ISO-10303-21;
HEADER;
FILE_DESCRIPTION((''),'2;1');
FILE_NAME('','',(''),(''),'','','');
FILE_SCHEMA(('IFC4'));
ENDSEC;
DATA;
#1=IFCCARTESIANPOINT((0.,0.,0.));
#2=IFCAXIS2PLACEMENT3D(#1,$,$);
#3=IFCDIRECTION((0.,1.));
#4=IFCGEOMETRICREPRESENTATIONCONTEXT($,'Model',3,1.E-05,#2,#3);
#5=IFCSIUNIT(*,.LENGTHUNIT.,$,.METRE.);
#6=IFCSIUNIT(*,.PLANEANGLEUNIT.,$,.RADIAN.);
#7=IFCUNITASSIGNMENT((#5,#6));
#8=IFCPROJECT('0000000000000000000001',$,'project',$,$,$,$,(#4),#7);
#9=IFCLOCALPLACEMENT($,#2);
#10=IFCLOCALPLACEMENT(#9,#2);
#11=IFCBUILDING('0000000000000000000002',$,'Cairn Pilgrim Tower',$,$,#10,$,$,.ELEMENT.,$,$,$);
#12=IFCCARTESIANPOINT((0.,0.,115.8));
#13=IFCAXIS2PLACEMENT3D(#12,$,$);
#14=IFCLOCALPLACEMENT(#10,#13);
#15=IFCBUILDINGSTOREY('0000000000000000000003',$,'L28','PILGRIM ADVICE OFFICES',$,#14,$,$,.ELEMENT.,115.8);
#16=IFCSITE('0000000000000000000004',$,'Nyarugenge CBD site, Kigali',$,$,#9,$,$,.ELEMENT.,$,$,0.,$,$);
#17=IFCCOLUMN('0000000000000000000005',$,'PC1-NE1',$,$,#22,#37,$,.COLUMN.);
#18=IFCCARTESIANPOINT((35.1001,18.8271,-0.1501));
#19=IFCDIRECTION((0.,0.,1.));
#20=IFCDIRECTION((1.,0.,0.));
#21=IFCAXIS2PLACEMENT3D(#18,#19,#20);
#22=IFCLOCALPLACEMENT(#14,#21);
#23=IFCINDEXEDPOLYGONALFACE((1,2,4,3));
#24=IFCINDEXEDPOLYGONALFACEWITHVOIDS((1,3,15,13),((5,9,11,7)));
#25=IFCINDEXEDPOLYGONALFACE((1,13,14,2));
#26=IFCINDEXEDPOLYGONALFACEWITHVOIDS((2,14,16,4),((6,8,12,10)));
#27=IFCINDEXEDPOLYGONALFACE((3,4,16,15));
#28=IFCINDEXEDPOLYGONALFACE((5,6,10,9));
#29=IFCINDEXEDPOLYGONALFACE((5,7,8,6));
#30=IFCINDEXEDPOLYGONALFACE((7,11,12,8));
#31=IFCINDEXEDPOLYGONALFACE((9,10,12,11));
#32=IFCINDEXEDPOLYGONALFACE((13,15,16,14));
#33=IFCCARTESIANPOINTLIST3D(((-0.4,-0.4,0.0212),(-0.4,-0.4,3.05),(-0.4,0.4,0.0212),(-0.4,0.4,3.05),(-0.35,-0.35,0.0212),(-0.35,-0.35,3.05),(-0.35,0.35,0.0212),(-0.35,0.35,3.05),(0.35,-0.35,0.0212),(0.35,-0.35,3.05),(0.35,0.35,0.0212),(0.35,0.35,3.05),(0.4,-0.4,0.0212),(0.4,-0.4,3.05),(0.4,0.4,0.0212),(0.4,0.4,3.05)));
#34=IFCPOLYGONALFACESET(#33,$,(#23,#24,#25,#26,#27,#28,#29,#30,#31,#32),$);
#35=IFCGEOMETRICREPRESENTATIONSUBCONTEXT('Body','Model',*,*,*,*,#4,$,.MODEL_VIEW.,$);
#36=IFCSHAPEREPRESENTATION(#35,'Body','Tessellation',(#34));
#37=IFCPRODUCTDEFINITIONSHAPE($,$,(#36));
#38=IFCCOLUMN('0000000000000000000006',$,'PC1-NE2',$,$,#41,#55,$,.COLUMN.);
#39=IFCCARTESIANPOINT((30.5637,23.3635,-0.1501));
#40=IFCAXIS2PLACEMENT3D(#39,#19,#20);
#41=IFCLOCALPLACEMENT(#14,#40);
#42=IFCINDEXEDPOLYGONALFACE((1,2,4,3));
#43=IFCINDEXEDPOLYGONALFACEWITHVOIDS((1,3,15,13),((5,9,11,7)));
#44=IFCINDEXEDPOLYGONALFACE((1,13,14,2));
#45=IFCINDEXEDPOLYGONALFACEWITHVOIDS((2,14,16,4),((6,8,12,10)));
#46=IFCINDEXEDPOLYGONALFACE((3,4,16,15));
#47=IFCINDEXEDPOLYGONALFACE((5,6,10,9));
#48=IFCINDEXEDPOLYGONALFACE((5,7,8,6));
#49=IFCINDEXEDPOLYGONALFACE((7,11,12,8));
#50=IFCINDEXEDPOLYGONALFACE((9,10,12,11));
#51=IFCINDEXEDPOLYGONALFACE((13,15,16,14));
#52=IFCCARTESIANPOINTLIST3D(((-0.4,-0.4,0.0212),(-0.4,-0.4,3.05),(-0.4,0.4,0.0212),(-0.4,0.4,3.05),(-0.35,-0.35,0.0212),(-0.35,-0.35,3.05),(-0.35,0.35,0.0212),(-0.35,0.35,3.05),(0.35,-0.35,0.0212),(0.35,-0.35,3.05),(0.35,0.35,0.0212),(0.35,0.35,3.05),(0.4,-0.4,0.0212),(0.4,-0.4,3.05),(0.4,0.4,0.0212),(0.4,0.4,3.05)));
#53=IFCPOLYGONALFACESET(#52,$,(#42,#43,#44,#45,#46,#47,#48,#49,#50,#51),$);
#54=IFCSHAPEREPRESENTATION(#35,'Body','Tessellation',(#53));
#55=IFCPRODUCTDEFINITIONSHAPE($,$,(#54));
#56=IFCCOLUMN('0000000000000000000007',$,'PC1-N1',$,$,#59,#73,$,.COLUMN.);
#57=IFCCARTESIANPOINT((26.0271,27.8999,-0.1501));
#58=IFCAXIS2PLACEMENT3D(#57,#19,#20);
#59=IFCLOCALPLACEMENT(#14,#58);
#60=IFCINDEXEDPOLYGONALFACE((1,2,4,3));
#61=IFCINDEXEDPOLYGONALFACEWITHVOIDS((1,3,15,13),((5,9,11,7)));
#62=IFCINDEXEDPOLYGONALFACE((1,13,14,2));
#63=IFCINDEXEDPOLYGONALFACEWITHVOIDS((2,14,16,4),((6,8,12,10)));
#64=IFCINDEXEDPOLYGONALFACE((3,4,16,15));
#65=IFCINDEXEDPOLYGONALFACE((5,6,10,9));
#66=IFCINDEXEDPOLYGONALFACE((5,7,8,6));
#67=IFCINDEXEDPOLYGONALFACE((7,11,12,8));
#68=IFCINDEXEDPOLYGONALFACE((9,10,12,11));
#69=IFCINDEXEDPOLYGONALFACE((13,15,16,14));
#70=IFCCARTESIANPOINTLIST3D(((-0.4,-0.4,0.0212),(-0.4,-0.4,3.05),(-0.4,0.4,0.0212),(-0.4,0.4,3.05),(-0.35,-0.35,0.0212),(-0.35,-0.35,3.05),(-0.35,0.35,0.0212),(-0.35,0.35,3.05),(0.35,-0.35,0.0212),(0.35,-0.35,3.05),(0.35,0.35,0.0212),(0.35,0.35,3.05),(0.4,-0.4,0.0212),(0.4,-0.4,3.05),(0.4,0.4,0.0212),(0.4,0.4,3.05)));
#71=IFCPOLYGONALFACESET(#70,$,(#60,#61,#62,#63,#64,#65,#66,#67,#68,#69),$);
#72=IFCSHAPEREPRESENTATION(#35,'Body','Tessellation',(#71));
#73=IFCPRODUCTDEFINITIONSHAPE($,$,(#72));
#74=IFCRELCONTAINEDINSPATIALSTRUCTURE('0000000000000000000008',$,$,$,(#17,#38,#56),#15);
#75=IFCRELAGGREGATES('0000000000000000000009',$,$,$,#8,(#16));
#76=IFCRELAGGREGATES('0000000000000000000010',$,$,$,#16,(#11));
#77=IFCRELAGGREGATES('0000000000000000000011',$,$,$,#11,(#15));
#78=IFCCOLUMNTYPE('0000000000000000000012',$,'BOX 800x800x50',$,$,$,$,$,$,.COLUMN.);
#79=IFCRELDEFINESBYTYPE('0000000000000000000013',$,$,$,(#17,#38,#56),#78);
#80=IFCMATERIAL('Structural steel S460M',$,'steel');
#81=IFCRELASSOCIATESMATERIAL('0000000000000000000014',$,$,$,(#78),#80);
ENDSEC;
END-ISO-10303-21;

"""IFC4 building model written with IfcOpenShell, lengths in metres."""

from ifc_helpers import new_model, si_unit, direction, frame, origin, origin_2d, place, context, subcontext, project, spatial, hollow_rectangle, extrude, clip, halfspace, material, material_profile, profile_set, type_object, element, save


model = new_model("IFC4")

# Units and contexts
model_context = context("Model", 3, precision=1e-05, world=origin(), true_north=direction((0.0, 1.0)))
body_context = subcontext(model_context, "Body", "Model", "MODEL_VIEW")
ifc_project = project(units=[si_unit("LENGTHUNIT", "METRE"), si_unit("PLANEANGLEUNIT", "RADIAN")], contexts=[model_context])

# Site, building, storey
site_placement = place(None, origin())
site = spatial("IfcSite", under=ifc_project, at=site_placement, Name="Nyarugenge CBD site, Kigali", CompositionType="ELEMENT", RefElevation=0.0)
building_placement = place(site_placement, origin())
building = spatial("IfcBuilding", under=site, at=building_placement, Name="Cairn Pilgrim Tower", CompositionType="ELEMENT")
storey_placement = place(building_placement, frame((0.0, 0.0, 115.8)))
storey = spatial("IfcBuildingStorey", under=building, at=storey_placement, Name="L28", Description="PILGRIM ADVICE OFFICES", CompositionType="ELEMENT", Elevation=115.8)

# Columns
ifc_material_1 = material(Name="Structural steel S460M", Category="steel")
ifc_material_profile_1 = material_profile(ifc_material_1, hollow_rectangle(XDim=0.8, YDim=0.8, WallThickness=0.05, at=origin_2d()), Name="BOX 800x800x50")
ifc_profile_set_1 = profile_set([ifc_material_profile_1], Name="Structural steel S460M")
column_type = type_object("IfcColumnType", Name="BOX 800x800x50", PredefinedType="COLUMN", material=ifc_profile_set_1)
for number, where, z_axis, x_axis, name in (
    (1, (35.1001, 18.8271, -0.1501), (0.0, 0.0, 1.0), (1.0, 0.0, 0.0), "PC1-NE1"),
    (2, (30.5637, 23.3635, -0.1501), (0.0, 0.0, 1.0), (1.0, 0.0, 0.0), "PC1-NE2"),
    (3, (26.0271, 27.8999, -0.1501), (0.0, 0.0, 1.0), (1.0, 0.0, 0.0), "PC1-N1"),
):
    element("IfcColumn", number, at=place(storey_placement, frame(where, z_axis=z_axis, x_axis=x_axis)), inside=storey, type_object=column_type, Name=name, PredefinedType="COLUMN", context=body_context, shape_type="Clipping", body=[
        clip(clip(extrude(hollow_rectangle(XDim=0.8, YDim=0.8, WallThickness=0.05, at=origin_2d()), origin(), (0.0, 0.0, 1.0), 3.5), halfspace(frame((0.0, 0.0, 0.0212), z_axis=(0.0, 0.0, 1.0), x_axis=(1.0, 0.0, 0.0)), True)), halfspace(frame((0.0, 0.0, 3.05), z_axis=(0.0, 0.0, 1.0), x_axis=(1.0, 0.0, 0.0)), False)),
    ])

save(model, "model.ifc")
